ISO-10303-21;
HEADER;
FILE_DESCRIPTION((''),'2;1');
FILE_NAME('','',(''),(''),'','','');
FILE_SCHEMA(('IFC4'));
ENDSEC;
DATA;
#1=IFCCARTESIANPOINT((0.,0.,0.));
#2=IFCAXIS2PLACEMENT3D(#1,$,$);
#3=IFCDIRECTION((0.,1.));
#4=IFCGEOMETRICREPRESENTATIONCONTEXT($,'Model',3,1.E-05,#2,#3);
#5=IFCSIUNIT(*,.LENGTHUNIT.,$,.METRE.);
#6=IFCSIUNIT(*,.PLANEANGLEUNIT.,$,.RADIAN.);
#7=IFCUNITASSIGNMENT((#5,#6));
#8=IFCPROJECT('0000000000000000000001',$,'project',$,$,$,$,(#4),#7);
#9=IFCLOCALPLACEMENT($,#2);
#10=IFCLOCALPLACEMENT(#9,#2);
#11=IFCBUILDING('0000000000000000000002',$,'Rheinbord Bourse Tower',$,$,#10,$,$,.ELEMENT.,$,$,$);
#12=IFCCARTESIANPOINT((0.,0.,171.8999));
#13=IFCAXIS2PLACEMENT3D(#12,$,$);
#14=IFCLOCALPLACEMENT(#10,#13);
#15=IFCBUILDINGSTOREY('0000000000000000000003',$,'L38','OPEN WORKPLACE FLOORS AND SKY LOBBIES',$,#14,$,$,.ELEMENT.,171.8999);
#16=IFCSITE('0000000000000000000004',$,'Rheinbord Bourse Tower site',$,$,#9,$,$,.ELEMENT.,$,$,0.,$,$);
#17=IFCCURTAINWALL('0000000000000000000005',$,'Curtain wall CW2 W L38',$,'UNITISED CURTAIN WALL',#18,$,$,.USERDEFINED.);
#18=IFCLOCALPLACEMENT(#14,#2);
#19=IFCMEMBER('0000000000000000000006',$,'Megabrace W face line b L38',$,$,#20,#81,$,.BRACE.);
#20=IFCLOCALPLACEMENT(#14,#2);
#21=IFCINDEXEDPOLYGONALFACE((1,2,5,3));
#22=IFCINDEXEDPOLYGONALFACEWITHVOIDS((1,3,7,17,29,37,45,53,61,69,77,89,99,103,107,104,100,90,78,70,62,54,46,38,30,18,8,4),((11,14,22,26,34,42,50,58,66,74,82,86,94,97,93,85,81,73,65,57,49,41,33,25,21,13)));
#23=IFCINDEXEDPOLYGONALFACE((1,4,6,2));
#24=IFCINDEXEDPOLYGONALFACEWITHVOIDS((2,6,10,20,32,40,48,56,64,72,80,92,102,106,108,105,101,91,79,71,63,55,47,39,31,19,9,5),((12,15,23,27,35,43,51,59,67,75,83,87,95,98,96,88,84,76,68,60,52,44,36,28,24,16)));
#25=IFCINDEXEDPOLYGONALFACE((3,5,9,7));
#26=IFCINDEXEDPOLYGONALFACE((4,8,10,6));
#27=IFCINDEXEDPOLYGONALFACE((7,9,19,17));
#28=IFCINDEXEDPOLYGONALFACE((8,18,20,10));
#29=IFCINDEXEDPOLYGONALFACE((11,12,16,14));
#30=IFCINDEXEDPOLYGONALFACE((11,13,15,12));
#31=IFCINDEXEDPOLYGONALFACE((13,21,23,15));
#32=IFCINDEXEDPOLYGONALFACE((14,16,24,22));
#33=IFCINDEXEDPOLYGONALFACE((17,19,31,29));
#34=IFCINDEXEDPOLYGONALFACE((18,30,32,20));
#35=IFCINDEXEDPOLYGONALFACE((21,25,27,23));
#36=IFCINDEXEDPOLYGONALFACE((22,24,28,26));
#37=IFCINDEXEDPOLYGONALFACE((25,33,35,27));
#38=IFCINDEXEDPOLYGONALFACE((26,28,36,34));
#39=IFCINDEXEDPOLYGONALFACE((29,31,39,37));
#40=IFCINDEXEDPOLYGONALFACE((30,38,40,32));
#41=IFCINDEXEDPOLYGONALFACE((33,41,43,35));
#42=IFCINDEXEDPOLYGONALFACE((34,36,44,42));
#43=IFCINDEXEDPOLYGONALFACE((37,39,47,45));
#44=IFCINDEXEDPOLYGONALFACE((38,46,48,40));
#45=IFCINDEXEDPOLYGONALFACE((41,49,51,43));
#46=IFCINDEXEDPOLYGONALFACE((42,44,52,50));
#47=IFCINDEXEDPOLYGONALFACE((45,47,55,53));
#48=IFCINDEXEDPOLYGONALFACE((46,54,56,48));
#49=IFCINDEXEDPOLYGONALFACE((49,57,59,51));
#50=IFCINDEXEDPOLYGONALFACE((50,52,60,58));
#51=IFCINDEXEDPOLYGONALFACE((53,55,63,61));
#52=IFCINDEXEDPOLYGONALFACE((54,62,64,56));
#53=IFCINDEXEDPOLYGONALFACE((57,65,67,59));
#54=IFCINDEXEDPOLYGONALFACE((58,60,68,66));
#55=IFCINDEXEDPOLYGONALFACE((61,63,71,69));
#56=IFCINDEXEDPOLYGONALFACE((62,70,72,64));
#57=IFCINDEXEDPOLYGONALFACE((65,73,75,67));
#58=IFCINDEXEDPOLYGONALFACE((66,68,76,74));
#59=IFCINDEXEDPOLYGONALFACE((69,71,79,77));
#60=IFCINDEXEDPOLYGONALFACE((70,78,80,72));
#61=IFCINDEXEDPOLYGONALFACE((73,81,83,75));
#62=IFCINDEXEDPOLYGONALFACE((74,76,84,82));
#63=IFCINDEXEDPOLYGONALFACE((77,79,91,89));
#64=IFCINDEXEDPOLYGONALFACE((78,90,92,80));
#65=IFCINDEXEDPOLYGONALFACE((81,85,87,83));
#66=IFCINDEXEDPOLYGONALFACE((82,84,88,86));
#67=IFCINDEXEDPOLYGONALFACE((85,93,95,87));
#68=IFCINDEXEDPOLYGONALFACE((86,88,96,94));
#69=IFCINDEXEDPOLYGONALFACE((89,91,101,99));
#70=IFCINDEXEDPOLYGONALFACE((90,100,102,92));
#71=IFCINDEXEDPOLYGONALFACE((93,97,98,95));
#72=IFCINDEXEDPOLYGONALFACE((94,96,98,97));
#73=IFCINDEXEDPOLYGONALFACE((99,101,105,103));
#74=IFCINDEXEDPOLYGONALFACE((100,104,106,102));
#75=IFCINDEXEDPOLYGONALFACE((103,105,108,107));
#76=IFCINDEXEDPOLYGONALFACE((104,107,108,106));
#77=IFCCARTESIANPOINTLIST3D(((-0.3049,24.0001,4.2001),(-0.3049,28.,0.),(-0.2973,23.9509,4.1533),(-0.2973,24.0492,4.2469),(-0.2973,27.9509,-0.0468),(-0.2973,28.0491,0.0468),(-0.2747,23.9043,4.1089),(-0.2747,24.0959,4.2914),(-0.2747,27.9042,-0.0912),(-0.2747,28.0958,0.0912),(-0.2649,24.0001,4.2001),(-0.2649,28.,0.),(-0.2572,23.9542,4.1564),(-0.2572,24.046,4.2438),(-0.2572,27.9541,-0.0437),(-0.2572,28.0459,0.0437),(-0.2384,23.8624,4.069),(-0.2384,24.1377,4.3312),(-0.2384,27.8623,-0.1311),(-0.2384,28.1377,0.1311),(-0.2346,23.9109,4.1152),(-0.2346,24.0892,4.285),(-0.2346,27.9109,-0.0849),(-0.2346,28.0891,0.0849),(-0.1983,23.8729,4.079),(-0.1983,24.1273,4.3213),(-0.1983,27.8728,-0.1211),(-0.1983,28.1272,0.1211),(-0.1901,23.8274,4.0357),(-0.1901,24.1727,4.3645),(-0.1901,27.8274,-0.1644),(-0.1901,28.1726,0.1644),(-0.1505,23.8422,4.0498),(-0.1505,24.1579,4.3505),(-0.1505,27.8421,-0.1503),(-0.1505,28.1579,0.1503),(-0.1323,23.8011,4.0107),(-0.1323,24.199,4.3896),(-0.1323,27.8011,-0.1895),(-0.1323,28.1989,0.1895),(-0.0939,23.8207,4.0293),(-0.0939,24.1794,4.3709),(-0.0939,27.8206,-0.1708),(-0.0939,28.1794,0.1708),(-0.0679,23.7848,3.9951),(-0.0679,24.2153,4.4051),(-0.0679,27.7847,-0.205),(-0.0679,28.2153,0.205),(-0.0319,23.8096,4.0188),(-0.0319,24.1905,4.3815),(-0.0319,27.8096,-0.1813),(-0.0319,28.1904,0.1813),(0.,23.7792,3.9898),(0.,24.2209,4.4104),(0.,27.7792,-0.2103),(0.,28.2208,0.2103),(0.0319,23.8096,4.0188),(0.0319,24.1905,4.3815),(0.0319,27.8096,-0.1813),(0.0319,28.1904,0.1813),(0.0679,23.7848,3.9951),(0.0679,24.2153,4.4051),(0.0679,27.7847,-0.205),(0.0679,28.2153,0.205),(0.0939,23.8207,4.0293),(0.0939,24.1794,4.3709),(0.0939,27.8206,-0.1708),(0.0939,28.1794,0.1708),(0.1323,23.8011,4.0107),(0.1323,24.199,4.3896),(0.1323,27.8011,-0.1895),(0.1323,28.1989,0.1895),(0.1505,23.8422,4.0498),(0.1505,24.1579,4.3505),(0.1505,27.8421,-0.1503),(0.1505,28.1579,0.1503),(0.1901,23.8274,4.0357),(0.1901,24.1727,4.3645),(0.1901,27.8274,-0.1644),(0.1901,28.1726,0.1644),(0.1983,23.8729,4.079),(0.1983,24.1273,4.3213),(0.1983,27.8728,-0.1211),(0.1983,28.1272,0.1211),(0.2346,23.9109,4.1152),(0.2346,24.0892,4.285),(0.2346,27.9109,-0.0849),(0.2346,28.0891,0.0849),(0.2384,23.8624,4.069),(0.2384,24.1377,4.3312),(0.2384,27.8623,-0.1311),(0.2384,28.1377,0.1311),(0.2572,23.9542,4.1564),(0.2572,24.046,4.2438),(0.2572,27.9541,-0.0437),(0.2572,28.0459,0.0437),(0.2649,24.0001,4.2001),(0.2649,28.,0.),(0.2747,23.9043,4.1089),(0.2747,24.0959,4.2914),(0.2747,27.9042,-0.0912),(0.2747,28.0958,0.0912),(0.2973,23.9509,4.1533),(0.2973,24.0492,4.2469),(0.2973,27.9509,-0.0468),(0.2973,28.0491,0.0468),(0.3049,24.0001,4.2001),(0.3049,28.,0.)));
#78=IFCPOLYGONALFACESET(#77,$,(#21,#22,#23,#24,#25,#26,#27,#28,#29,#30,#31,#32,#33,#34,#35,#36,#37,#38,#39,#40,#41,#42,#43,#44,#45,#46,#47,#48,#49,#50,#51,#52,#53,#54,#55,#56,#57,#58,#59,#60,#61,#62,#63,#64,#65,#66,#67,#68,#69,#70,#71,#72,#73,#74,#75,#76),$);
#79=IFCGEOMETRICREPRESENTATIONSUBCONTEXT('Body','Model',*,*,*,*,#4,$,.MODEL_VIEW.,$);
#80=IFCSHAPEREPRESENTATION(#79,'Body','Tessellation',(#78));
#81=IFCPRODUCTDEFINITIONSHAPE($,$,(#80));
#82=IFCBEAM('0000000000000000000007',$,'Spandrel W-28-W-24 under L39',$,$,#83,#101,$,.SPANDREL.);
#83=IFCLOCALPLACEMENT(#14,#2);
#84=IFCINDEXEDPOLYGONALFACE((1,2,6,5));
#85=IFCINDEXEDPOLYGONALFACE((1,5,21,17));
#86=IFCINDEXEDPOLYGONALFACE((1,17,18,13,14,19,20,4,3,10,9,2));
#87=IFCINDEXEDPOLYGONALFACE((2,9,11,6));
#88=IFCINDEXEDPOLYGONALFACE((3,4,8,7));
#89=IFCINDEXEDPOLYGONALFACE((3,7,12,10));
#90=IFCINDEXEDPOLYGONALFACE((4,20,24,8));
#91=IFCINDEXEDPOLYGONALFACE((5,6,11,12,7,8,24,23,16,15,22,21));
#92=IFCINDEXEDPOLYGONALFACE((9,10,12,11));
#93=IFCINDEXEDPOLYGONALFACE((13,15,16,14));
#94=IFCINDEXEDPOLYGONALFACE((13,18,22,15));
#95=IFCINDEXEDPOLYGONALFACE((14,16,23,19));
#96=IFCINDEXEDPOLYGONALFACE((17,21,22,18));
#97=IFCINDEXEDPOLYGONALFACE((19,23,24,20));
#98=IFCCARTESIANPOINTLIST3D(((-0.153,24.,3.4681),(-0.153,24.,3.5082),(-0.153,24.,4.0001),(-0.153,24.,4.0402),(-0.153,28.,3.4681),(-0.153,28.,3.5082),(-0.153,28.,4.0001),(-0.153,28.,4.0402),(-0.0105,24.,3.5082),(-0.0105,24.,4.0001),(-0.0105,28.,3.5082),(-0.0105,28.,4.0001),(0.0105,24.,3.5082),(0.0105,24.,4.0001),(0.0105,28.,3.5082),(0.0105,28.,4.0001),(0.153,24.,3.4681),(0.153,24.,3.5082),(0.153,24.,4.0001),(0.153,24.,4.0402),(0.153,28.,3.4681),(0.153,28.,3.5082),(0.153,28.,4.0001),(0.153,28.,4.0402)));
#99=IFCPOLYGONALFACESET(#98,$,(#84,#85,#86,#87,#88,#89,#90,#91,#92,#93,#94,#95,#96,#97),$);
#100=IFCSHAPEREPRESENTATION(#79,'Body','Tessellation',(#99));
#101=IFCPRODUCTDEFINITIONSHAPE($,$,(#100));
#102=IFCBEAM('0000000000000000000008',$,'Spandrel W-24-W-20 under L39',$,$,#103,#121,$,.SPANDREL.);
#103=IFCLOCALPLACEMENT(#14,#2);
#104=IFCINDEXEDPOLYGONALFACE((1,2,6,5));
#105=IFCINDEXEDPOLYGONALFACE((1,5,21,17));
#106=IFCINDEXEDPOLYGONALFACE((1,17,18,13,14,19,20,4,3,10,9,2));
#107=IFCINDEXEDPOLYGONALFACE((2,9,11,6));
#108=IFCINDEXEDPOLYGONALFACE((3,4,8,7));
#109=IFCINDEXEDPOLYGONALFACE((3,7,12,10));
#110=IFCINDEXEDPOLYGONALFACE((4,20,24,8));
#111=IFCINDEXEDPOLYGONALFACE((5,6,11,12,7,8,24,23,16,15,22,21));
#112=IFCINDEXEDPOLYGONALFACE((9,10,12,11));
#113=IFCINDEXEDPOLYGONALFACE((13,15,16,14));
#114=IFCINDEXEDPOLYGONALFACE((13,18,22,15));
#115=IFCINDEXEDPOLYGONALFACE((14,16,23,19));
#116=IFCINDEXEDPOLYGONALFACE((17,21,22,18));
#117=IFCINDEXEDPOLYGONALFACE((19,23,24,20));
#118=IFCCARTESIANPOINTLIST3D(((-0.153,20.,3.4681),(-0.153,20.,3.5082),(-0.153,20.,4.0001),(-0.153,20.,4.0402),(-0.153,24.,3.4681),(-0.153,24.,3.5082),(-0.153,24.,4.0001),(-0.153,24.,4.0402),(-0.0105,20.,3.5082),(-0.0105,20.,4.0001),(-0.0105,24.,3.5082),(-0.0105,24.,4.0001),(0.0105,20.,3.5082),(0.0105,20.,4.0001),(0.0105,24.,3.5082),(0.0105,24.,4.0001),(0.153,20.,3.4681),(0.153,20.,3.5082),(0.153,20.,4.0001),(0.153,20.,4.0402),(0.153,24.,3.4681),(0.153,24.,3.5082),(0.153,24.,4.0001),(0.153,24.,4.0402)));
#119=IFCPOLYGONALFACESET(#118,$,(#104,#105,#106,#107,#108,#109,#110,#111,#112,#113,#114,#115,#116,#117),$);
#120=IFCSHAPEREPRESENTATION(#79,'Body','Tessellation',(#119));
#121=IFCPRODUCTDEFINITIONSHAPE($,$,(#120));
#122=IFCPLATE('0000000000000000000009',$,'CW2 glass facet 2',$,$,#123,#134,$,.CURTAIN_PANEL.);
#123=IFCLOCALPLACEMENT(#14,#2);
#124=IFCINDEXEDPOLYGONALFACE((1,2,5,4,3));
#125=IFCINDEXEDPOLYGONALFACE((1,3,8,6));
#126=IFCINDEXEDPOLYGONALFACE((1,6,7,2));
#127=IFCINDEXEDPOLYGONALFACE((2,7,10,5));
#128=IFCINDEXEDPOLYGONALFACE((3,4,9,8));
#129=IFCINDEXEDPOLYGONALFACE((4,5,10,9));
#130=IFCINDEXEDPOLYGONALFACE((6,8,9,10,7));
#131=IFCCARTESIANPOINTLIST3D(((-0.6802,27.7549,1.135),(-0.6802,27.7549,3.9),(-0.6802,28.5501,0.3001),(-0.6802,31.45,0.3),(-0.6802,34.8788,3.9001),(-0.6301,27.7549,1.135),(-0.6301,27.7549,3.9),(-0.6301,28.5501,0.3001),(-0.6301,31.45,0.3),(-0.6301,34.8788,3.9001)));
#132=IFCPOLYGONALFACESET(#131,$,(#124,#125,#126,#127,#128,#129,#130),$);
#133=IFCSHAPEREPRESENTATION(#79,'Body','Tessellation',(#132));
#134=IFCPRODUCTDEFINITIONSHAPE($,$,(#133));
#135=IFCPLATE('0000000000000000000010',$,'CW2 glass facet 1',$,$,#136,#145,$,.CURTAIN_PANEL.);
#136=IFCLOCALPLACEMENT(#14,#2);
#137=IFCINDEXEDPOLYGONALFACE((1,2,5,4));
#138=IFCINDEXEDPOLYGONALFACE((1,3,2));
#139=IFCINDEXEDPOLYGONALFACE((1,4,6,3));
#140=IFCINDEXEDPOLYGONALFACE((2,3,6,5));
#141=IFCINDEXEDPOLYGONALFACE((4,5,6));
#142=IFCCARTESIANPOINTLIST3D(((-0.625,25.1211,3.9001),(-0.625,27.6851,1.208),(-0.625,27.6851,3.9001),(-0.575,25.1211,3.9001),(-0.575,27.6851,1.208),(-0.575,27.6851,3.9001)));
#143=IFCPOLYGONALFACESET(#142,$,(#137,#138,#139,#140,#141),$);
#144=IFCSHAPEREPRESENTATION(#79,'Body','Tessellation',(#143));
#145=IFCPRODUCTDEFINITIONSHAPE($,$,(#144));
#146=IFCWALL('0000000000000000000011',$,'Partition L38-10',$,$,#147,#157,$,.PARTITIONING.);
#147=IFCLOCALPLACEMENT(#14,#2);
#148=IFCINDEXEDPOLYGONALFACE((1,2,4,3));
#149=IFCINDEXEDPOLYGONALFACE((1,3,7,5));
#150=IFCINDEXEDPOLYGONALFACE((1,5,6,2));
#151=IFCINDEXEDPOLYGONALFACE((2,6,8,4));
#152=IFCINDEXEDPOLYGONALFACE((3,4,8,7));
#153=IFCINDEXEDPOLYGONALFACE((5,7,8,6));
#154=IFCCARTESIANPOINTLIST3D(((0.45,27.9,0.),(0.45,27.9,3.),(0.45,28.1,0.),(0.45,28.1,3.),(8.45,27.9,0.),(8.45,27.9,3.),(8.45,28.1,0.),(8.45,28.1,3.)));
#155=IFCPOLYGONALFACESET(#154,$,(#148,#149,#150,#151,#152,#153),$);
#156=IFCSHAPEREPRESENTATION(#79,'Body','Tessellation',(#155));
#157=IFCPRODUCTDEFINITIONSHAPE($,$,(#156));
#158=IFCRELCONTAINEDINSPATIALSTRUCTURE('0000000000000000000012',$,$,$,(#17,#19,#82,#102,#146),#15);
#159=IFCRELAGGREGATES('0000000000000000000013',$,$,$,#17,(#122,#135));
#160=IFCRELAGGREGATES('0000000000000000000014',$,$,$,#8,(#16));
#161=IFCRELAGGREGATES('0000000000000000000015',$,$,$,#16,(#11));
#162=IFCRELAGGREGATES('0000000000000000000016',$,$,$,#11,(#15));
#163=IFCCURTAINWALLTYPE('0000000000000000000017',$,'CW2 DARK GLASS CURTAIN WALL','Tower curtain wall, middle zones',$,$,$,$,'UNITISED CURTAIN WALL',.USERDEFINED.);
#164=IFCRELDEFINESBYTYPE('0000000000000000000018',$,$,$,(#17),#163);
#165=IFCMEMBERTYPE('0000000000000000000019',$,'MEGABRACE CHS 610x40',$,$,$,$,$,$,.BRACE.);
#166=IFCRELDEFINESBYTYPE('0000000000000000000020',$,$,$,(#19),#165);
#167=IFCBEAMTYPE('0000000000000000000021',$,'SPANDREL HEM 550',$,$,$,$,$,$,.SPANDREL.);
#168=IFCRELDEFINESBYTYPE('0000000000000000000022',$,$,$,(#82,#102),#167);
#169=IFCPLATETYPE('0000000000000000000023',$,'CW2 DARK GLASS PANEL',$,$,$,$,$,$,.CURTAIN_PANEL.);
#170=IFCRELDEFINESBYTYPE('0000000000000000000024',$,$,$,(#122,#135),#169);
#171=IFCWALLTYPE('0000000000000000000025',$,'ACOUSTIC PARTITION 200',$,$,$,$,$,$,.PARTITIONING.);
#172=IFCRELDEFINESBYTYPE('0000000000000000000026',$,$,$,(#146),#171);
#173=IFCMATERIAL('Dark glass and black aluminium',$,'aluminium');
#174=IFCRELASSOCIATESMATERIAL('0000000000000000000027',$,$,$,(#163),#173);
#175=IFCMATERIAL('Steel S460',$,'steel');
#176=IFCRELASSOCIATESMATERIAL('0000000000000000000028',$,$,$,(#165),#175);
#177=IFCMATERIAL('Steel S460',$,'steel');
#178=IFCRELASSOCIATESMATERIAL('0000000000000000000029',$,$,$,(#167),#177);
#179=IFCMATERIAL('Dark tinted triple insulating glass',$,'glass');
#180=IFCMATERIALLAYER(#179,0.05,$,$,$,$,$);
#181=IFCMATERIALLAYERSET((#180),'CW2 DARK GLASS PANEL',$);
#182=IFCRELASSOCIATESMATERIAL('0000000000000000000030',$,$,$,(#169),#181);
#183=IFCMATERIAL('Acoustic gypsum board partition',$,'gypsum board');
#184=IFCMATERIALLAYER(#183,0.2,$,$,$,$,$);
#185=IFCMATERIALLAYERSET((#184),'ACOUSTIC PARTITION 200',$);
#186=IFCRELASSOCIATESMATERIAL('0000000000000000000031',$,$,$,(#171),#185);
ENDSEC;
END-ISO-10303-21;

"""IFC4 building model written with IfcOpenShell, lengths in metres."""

from ifc_helpers import new_model, si_unit, direction, frame, frame_2d, origin, origin_2d, place, context, subcontext, project, spatial, polyline, rectangle, hollow_circle, i_section, outline, extrude, material, layer, layer_set, material_profile, profile_set, type_object, element, aggregate, save


model = new_model("IFC4")

# Units and contexts
model_context = context("Model", 3, precision=1e-05, world=origin(), true_north=direction((0.0, 1.0)))
body_context = subcontext(model_context, "Body", "Model", "MODEL_VIEW")
ifc_project = project(units=[si_unit("LENGTHUNIT", "METRE"), si_unit("PLANEANGLEUNIT", "RADIAN")], contexts=[model_context])

# Site, building, storey
site_placement = place(None, origin())
site = spatial("IfcSite", under=ifc_project, at=site_placement, Name="Rheinbord Bourse Tower site", CompositionType="ELEMENT", RefElevation=0.0)
building_placement = place(site_placement, origin())
building = spatial("IfcBuilding", under=site, at=building_placement, Name="Rheinbord Bourse Tower", CompositionType="ELEMENT")
storey_placement = place(building_placement, frame((0.0, 0.0, 171.8999)))
storey = spatial("IfcBuildingStorey", under=building, at=storey_placement, Name="L38", Description="OPEN WORKPLACE FLOORS AND SKY LOBBIES", CompositionType="ELEMENT", Elevation=171.8999)

# Curtain wall
ifc_material_1 = material(Name="Dark glass and black aluminium", Category="aluminium")
curtain_wall_type = type_object("IfcCurtainWallType", Name="CW2 DARK GLASS CURTAIN WALL", Description="Tower curtain wall, middle zones", ElementType="UNITISED CURTAIN WALL", PredefinedType="USERDEFINED", material=ifc_material_1)
curtain_wall_placement = place(storey_placement, origin())
curtain_wall = element("IfcCurtainWall", 1, at=curtain_wall_placement, inside=storey, type_object=curtain_wall_type, Name="Curtain wall CW2 W L38", ObjectType="UNITISED CURTAIN WALL", PredefinedType="USERDEFINED")

# Member
ifc_material_2 = material(Name="Steel S460", Category="steel")
ifc_material_profile_1 = material_profile(ifc_material_2, hollow_circle(Radius=0.3049, WallThickness=0.04, at=origin_2d()), Name="CHS 610x40")
ifc_profile_set_1 = profile_set([ifc_material_profile_1], Name="Steel S460")
member_type_1 = type_object("IfcMemberType", Name="MEGABRACE CHS 610x40", PredefinedType="BRACE", material=ifc_profile_set_1)
member_1_placement = place(storey_placement, frame((0.0, 28.0, 0.0), z_axis=(0.0, -0.689638, 0.724154), x_axis=(1.0, 0.0, 0.0)))
element("IfcMember", 2, at=member_1_placement, inside=storey, type_object=member_type_1, Name="Megabrace W face line b L38", PredefinedType="BRACE", context=body_context, shape_type="SweptSolid", body=[
    extrude(hollow_circle(Radius=0.3049, WallThickness=0.04, at=origin_2d()), origin(), (0.0, 0.0, 1.0), 5.8),
])

# Beams
ifc_material_3 = material(Name="Steel S460", Category="steel")
ifc_material_profile_2 = material_profile(ifc_material_3, i_section(OverallWidth=0.3059, OverallDepth=0.572, WebThickness=0.021, FlangeThickness=0.04, at=origin_2d()), Name="HEM 550")
ifc_profile_set_2 = profile_set([ifc_material_profile_2], Name="Steel S460")
beam_type_1 = type_object("IfcBeamType", Name="SPANDREL HEM 550", PredefinedType="SPANDREL", material=ifc_profile_set_2)
for number, where, z_axis, x_axis, name in (
    (3, (0.0, 28.0, 3.7542), (0.0, -1.0, 0.0), (1.0, 0.0, 0.0), "Spandrel W-28-W-24 under L39"),
    (4, (0.0, 24.0, 3.7542), (0.0, -1.0, 0.0), (1.0, 0.0, 0.0), "Spandrel W-24-W-20 under L39"),
):
    element("IfcBeam", number, at=place(storey_placement, frame(where, z_axis=z_axis, x_axis=x_axis)), inside=storey, type_object=beam_type_1, Name=name, PredefinedType="SPANDREL", context=body_context, shape_type="SweptSolid", body=[
        extrude(i_section(OverallWidth=0.3059, OverallDepth=0.572, WebThickness=0.021, FlangeThickness=0.04, at=origin_2d()), origin(), (0.0, 0.0, 1.0), 4.0),
    ])

# Plates
ifc_material_4 = material(Name="Dark tinted triple insulating glass", Category="glass")
ifc_layer_1 = layer(ifc_material_4, 0.05)
ifc_layer_set_1 = layer_set([ifc_layer_1], Name="CW2 DARK GLASS PANEL")
plate_type = type_object("IfcPlateType", Name="CW2 DARK GLASS PANEL", PredefinedType="CURTAIN_PANEL", material=ifc_layer_set_1)
plate_1_placement = place(storey_placement, frame((-0.6802, 31.45, 0.3), z_axis=(1.0, 0.0, 0.0), x_axis=(0.0, 0.689686, 0.724109)))
plate_1 = element("IfcPlate", 5, at=plate_1_placement, type_object=plate_type, Name="CW2 glass facet 2", PredefinedType="CURTAIN_PANEL", context=body_context, shape_type="SweptSolid", body=[
    extrude(outline(polyline([(0.0, 0.0), (4.9717, 0.0), (0.0583, 5.1584), (-1.9438, 3.2515), (-2.0, 2.0999), (0.0, 0.0)])), origin(), (0.0, 0.0, 1.0), 0.05),
])
plate_2_placement = place(storey_placement, frame((-0.625, 27.6851, 3.9001), z_axis=(1.0, 0.0, 0.0), x_axis=(0.0, -1.0, 0.0)))
plate_2 = element("IfcPlate", 6, at=plate_2_placement, type_object=plate_type, Name="CW2 glass facet 1", PredefinedType="CURTAIN_PANEL", context=body_context, shape_type="SweptSolid", body=[
    extrude(outline(polyline([(0.0, 0.0), (2.564, 0.0), (0.0, 2.6921), (0.0, 0.0)])), origin(), (0.0, 0.0, 1.0), 0.05),
])
aggregate(curtain_wall, [plate_1, plate_2])

# Wall
ifc_material_5 = material(Name="Acoustic gypsum board partition", Category="gypsum board")
ifc_layer_2 = layer(ifc_material_5, 0.2)
ifc_layer_set_2 = layer_set([ifc_layer_2], Name="ACOUSTIC PARTITION 200")
wall_type_1 = type_object("IfcWallType", Name="ACOUSTIC PARTITION 200", PredefinedType="PARTITIONING", material=ifc_layer_set_2)
wall_1_placement = place(storey_placement, frame((0.45, 28.0, 0.0), z_axis=(0.0, 0.0, 1.0), x_axis=(1.0, 0.0, 0.0)))
element("IfcWall", 7, at=wall_1_placement, inside=storey, type_object=wall_type_1, Name="Partition L38-10", PredefinedType="PARTITIONING", context=body_context, shape_type="SweptSolid", body=[
    extrude(rectangle(XDim=8.0, YDim=0.2, at=frame_2d((4.0, 0.0))), origin(), (0.0, 0.0, 1.0), 3.0),
])

save(model, "model.ifc")
